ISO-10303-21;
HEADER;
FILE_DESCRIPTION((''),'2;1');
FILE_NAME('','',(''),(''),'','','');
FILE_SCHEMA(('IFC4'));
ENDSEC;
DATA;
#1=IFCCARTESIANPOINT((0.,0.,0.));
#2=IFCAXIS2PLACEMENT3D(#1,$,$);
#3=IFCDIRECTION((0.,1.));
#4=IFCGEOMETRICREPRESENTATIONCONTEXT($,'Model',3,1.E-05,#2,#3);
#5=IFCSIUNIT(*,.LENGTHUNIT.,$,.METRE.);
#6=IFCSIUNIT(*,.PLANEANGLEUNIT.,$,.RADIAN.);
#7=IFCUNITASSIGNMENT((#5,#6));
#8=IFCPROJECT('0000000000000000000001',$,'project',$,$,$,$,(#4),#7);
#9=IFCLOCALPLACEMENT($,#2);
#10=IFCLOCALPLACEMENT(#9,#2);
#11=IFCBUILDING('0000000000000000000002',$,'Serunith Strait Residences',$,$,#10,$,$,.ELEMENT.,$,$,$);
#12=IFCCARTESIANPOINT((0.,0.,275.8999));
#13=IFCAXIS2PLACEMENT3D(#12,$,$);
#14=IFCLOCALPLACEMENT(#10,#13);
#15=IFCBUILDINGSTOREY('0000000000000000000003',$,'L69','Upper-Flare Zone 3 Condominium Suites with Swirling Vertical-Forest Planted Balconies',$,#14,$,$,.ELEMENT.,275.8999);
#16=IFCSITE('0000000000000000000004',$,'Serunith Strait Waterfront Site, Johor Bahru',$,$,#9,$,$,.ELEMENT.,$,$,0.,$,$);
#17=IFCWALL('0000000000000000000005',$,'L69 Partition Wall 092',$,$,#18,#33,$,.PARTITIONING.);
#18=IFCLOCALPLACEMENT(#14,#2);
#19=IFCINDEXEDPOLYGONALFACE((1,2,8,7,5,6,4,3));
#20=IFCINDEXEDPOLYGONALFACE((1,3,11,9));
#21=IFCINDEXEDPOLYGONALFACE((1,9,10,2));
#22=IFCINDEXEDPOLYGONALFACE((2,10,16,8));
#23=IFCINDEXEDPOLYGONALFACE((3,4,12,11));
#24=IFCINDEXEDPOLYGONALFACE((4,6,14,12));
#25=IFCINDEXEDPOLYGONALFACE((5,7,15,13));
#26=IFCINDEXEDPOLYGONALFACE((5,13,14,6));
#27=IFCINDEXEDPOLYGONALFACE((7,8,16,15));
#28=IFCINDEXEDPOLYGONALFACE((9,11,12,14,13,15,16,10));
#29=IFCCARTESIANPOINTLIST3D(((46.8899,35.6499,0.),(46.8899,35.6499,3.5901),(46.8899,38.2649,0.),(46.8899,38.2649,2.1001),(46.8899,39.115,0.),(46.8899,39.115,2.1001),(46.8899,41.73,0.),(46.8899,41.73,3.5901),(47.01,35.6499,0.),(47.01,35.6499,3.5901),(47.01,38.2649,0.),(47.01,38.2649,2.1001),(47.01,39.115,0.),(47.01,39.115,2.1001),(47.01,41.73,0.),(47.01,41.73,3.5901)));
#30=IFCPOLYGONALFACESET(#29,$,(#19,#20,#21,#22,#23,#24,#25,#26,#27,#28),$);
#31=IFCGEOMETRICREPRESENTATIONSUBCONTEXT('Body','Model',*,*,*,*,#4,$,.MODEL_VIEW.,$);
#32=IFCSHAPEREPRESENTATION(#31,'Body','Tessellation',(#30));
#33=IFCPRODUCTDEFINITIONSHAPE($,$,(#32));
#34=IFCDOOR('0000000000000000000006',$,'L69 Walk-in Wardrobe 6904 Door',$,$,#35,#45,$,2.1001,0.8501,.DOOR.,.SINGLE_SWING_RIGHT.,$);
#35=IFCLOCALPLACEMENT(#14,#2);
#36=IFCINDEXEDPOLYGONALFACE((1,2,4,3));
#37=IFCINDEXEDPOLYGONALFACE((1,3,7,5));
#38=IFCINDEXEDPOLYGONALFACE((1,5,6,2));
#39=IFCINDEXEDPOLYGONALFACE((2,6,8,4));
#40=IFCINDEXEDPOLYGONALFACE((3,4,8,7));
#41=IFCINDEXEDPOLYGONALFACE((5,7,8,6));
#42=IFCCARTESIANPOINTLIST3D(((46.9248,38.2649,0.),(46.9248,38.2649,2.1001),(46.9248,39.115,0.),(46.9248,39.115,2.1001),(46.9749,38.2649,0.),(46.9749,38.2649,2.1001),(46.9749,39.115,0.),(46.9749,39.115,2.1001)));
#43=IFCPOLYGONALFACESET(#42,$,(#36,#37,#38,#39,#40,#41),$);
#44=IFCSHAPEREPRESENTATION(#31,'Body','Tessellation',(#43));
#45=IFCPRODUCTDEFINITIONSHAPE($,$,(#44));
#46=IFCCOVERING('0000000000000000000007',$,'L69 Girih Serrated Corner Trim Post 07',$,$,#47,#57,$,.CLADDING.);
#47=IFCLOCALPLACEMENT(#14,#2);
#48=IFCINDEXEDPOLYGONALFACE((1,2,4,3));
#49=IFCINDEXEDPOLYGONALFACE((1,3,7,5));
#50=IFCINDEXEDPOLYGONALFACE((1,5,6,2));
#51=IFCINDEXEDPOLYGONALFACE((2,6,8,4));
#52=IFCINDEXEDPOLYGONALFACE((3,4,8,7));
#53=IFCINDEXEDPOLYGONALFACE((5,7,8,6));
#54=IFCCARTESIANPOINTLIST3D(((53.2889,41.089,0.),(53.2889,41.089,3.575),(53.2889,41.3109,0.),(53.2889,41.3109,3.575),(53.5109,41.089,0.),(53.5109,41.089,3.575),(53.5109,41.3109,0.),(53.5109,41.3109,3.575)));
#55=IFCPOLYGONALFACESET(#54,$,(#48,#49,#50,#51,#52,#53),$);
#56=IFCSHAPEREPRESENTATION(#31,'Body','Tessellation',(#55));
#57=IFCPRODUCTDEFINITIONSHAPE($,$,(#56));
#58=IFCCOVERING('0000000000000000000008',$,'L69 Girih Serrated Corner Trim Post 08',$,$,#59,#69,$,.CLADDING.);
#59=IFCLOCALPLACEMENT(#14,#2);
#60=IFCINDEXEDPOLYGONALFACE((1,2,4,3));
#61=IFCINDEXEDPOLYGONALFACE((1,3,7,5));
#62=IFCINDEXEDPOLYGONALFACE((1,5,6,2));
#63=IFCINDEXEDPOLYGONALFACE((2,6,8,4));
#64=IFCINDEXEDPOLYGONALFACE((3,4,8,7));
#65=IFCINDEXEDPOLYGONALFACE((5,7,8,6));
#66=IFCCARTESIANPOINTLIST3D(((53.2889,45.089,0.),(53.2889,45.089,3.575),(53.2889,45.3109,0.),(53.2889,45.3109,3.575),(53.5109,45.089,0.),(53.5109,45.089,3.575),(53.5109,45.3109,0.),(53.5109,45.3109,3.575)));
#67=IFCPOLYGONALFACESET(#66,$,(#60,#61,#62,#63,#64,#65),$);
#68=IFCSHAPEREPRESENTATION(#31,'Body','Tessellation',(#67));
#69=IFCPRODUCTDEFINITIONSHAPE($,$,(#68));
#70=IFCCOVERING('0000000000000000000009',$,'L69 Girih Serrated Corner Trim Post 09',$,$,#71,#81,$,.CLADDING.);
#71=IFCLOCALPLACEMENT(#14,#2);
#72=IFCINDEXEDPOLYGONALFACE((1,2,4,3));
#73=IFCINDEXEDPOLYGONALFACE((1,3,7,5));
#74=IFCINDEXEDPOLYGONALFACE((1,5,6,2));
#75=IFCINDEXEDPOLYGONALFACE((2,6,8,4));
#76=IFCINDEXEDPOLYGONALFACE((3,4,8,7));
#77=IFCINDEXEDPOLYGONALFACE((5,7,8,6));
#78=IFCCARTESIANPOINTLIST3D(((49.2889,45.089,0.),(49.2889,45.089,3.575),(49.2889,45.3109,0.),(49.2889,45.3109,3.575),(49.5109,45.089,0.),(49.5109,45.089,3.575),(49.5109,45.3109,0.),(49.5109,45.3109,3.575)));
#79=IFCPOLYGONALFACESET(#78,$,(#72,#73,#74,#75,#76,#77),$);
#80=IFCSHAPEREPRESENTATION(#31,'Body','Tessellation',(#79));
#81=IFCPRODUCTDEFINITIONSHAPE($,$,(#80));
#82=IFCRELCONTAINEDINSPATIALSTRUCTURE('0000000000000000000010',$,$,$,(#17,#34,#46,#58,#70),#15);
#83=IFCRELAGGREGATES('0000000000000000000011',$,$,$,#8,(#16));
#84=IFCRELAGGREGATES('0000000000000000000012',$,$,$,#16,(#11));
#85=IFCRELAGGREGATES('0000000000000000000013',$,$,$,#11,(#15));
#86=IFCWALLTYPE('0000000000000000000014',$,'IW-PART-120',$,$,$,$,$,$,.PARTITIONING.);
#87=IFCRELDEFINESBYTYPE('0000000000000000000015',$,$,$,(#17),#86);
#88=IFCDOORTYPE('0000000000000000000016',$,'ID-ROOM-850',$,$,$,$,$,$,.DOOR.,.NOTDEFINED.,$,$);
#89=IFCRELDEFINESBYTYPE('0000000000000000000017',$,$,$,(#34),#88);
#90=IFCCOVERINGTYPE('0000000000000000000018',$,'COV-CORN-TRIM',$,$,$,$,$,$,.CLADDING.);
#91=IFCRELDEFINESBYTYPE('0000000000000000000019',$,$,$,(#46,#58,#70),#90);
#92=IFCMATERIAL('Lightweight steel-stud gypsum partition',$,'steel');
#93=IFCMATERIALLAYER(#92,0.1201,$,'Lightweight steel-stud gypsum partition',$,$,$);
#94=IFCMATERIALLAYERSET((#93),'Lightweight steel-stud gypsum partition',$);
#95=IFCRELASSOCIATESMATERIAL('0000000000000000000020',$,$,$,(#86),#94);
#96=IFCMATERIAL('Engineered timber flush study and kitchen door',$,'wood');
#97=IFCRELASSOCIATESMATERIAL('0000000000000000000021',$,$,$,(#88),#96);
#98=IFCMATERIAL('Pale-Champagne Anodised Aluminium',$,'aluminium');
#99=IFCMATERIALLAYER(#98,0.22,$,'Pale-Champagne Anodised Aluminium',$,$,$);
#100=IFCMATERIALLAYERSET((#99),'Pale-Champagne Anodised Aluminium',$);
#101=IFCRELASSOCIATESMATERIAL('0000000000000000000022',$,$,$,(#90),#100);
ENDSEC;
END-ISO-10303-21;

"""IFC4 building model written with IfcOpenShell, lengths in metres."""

from ifc_helpers import new_model, si_unit, direction, frame, frame_2d, origin, origin_2d, place, context, subcontext, project, spatial, rectangle, extrude, source, transform, mapped, material, layer, layer_set, type_object, element, fill, save


model = new_model("IFC4")

# Units and contexts
model_context = context("Model", 3, precision=1e-05, world=origin(), true_north=direction((0.0, 1.0)))
body_context = subcontext(model_context, "Body", "Model", "MODEL_VIEW")
ifc_project = project(units=[si_unit("LENGTHUNIT", "METRE"), si_unit("PLANEANGLEUNIT", "RADIAN")], contexts=[model_context])

# Site, building, storey
site_placement = place(None, origin())
site = spatial("IfcSite", under=ifc_project, at=site_placement, Name="Serunith Strait Waterfront Site, Johor Bahru", CompositionType="ELEMENT", RefElevation=0.0)
building_placement = place(site_placement, origin())
building = spatial("IfcBuilding", under=site, at=building_placement, Name="Serunith Strait Residences", CompositionType="ELEMENT")
storey_placement = place(building_placement, frame((0.0, 0.0, 275.8999)))
storey = spatial("IfcBuildingStorey", under=building, at=storey_placement, Name="L69", Description="Upper-Flare Zone 3 Condominium Suites with Swirling Vertical-Forest Planted Balconies", CompositionType="ELEMENT", Elevation=275.8999)

# Shared definitions
ifc_material_1 = material(Name="Pale-Champagne Anodised Aluminium", Category="aluminium")

# Shared definitions
ifc_material_2 = material(Name="Lightweight steel-stud gypsum partition", Category="steel")
ifc_layer_1 = layer(ifc_material_2, 0.1201, Name="Lightweight steel-stud gypsum partition")
ifc_layer_set_1 = layer_set([ifc_layer_1], Name="Lightweight steel-stud gypsum partition")
wall_type_1 = type_object("IfcWallType", Name="IW-PART-120", PredefinedType="PARTITIONING", material=ifc_layer_set_1)

# Wall, opening, door
wall_1_placement = place(storey_placement, frame((46.95, 41.73, 0.0), z_axis=(0.0, 0.0, 1.0), x_axis=(0.0, -1.0, 0.0)))
wall_1 = element("IfcWall", 1, at=wall_1_placement, inside=storey, type_object=wall_type_1, Name="L69 Partition Wall 092", PredefinedType="PARTITIONING", context=body_context, shape_type="SweptSolid", body=[
    extrude(rectangle(XDim=6.0801, YDim=0.1201, at=frame_2d((3.04, 0.0))), origin(), (0.0, 0.0, 1.0), 3.5901),
])
opening_1_placement = place(wall_1_placement, frame((2.615, 0.0, 0.0)))
opening_1 = element("IfcOpeningElement", 2, at=opening_1_placement, cuts=wall_1, PredefinedType="OPENING", context=body_context, shape_type="SweptSolid", body=[
    extrude(rectangle(XDim=0.8501, YDim=2.1001, at=frame_2d((0.425, 1.05))), frame((0.0, 0.0701, 0.0), z_axis=(0.0, -1.0, 0.0), x_axis=(1.0, 0.0, 0.0)), (0.0, 0.0, 1.0), 0.1401),
])
ifc_material_3 = material(Name="Engineered timber flush study and kitchen door", Category="wood")
door_type_1 = type_object("IfcDoorType", Name="ID-ROOM-850", OperationType="NOTDEFINED", PredefinedType="DOOR", material=ifc_material_3)
shared_shape_1 = source(origin(), body_context, "Body", "SweptSolid", [
    extrude(rectangle(XDim=0.8501, YDim=2.1001, at=frame_2d((0.425, 1.05))), frame((0.0, 0.0249, 0.0), z_axis=(0.0, -1.0, 0.0), x_axis=(1.0, 0.0, 0.0)), (0.0, 0.0, 1.0), 0.05),
])
door_1_placement = place(opening_1_placement, origin())
door_1 = element("IfcDoor", 3, at=door_1_placement, inside=storey, type_object=door_type_1, Name="L69 Walk-in Wardrobe 6904 Door", OperationType="SINGLE_SWING_RIGHT", OverallHeight=2.1001, OverallWidth=0.8501, PredefinedType="DOOR", context=body_context, shape_type="MappedRepresentation", body=[
    mapped(shared_shape_1, transform((0.0, 0.0, 0.0), scale=1.0)),
])
fill(opening_1, door_1)

# Coverings
ifc_layer_2 = layer(ifc_material_1, 0.22, Name="Pale-Champagne Anodised Aluminium")
ifc_layer_set_2 = layer_set([ifc_layer_2], Name="Pale-Champagne Anodised Aluminium")
covering_type = type_object("IfcCoveringType", Name="COV-CORN-TRIM", PredefinedType="CLADDING", material=ifc_layer_set_2)
shared_shape_2 = source(origin(), body_context, "Body", "SweptSolid", [
    extrude(rectangle(XDim=0.2219, YDim=0.2219, at=origin_2d()), origin(), (0.0, 0.0, 1.0), 3.575),
])
for number, where, z_axis, x_axis, name in (
    (4, (53.3999, 41.2, 0.0), (0.0, 0.0, 1.0), (1.0, 0.0, 0.0), "L69 Girih Serrated Corner Trim Post 07"),
    (5, (53.3999, 45.2, 0.0), (0.0, 0.0, 1.0), (1.0, 0.0, 0.0), "L69 Girih Serrated Corner Trim Post 08"),
    (6, (49.3999, 45.2, 0.0), (0.0, 0.0, 1.0), (1.0, 0.0, 0.0), "L69 Girih Serrated Corner Trim Post 09"),
):
    element("IfcCovering", number, at=place(storey_placement, frame(where, z_axis=z_axis, x_axis=x_axis)), inside=storey, type_object=covering_type, Name=name, PredefinedType="CLADDING", context=body_context, shape_type="MappedRepresentation", body=[
        mapped(shared_shape_2, transform((0.0, 0.0, 0.0), scale=1.0)),
    ])

save(model, "model.ifc")
